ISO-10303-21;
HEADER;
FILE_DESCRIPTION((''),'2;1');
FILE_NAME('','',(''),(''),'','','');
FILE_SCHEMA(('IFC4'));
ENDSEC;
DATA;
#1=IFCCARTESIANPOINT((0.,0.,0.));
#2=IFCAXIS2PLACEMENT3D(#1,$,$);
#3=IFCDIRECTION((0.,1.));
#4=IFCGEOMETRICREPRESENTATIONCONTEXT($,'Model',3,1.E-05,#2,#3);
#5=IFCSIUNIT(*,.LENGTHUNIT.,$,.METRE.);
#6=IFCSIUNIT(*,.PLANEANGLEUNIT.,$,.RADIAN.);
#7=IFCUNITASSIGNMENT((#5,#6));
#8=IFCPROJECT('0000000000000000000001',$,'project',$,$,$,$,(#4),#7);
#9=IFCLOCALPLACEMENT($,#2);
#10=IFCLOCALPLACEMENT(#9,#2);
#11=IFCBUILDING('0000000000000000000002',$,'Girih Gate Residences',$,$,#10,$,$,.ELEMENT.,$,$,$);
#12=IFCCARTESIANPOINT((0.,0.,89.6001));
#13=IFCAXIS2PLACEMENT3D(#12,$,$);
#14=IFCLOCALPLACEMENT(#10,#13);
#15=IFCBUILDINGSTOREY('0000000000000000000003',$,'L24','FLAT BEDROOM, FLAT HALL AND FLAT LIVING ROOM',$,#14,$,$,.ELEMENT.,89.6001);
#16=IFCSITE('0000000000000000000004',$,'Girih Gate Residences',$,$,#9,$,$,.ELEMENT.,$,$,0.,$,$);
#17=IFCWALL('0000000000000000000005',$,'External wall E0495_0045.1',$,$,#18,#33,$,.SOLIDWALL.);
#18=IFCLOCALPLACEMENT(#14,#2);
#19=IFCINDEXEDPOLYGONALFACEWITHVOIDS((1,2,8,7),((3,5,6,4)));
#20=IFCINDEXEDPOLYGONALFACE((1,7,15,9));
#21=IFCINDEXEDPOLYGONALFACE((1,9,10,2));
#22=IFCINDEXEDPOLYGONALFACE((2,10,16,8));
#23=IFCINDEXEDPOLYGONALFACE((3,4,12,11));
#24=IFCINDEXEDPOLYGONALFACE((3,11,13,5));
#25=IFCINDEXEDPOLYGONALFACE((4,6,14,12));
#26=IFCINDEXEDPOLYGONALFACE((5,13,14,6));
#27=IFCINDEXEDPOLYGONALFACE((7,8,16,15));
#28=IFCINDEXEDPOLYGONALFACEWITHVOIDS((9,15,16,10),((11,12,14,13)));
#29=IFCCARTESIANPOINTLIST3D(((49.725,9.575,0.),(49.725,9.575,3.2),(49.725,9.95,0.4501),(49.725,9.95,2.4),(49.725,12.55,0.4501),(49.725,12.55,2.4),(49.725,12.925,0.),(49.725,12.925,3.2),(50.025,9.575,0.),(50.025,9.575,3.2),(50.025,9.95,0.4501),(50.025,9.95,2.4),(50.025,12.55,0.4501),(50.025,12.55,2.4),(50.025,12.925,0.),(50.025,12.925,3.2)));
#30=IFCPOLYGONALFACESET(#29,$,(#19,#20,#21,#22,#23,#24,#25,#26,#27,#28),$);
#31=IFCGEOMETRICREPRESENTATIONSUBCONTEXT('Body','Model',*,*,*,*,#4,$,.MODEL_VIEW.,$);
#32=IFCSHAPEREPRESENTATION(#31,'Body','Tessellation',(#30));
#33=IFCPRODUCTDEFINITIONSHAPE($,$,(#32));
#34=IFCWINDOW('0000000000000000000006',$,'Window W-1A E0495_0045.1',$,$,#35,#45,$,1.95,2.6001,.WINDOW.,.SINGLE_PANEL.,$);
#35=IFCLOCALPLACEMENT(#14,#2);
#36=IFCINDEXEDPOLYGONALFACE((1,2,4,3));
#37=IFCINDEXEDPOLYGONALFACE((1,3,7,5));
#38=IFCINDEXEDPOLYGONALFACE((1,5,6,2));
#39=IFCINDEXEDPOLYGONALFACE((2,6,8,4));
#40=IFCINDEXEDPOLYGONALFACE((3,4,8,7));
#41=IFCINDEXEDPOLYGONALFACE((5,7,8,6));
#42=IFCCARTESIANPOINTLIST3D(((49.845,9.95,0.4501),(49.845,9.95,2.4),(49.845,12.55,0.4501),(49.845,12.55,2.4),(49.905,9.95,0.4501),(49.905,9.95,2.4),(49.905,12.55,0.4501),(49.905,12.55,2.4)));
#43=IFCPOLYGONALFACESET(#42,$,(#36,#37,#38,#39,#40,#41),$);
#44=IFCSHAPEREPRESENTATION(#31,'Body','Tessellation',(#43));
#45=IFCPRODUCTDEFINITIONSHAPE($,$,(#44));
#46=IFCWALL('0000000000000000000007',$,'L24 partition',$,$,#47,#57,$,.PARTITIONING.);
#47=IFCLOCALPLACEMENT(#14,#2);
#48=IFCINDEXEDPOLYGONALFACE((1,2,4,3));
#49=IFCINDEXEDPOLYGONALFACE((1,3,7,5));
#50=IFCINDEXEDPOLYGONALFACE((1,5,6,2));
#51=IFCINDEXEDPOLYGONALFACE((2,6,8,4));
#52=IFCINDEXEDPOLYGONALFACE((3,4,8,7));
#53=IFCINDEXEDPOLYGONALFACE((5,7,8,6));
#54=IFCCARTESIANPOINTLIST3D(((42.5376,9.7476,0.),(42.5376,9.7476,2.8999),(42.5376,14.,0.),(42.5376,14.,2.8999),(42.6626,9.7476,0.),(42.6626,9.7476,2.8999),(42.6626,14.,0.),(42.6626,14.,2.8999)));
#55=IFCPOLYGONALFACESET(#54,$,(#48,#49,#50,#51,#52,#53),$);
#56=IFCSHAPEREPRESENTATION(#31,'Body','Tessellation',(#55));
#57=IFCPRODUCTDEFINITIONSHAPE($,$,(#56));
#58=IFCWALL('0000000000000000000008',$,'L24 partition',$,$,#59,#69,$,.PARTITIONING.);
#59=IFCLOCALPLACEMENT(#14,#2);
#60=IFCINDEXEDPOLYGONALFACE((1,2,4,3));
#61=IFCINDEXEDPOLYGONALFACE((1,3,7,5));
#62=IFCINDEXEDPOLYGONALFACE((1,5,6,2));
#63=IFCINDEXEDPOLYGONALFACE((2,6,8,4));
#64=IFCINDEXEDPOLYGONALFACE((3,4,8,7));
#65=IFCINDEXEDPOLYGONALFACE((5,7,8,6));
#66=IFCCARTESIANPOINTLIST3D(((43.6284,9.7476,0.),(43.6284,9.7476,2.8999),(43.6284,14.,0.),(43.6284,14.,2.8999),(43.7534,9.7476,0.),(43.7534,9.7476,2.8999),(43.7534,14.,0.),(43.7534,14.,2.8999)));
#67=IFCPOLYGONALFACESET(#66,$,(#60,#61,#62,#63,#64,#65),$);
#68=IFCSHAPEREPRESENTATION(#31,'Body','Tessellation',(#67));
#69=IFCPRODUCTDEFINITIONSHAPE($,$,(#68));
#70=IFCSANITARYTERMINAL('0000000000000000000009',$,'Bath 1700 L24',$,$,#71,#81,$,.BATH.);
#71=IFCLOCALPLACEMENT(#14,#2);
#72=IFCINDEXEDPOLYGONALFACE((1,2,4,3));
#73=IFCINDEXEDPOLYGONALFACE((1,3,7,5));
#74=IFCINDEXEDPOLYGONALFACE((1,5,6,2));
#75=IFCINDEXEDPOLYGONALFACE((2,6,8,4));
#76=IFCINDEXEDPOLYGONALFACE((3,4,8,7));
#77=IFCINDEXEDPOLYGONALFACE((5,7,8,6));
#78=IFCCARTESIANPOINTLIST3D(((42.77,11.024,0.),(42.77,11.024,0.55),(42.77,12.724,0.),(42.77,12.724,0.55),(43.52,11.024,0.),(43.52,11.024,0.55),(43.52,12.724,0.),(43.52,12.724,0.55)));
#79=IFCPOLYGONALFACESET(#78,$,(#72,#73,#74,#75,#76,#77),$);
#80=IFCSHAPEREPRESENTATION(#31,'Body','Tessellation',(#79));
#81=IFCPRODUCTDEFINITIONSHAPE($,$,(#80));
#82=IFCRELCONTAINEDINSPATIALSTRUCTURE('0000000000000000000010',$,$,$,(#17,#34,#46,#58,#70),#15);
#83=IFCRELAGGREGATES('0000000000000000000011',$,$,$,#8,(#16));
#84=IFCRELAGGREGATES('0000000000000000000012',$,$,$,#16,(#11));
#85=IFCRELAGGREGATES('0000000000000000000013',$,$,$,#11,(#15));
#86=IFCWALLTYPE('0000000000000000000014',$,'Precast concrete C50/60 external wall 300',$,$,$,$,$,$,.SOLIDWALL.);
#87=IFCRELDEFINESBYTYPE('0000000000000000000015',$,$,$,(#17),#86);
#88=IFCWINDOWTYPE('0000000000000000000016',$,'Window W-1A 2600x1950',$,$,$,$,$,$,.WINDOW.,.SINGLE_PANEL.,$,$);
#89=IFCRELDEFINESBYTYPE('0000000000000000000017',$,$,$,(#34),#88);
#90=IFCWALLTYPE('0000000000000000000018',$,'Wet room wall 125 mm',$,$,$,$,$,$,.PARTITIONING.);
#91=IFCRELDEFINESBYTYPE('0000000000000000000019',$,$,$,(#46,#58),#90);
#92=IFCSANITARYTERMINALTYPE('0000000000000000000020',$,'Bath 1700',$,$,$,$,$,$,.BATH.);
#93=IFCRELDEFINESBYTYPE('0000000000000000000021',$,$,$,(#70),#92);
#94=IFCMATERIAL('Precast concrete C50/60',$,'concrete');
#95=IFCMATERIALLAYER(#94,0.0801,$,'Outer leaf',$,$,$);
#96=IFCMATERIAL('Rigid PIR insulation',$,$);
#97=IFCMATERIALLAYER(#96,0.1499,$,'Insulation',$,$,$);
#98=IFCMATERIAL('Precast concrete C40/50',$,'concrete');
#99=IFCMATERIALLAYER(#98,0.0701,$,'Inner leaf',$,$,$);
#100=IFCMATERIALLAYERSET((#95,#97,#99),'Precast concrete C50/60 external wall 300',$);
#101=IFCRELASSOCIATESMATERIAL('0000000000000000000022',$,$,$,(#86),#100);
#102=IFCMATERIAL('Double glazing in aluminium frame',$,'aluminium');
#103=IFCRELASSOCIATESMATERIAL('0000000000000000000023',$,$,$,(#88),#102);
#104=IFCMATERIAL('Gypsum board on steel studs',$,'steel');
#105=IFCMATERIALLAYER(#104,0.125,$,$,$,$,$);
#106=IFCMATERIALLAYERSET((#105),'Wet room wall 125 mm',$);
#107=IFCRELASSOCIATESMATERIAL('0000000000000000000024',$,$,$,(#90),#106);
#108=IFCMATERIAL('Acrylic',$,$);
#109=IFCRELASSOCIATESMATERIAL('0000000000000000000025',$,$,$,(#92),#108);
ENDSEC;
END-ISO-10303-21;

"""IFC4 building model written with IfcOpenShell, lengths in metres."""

from ifc_helpers import new_model, si_unit, direction, frame, frame_2d, origin, origin_2d, place, context, subcontext, project, spatial, rectangle, extrude, material, layer, layer_set, type_object, element, fill, save


model = new_model("IFC4")

# Units and contexts
model_context = context("Model", 3, precision=1e-05, world=origin(), true_north=direction((0.0, 1.0)))
body_context = subcontext(model_context, "Body", "Model", "MODEL_VIEW")
ifc_project = project(units=[si_unit("LENGTHUNIT", "METRE"), si_unit("PLANEANGLEUNIT", "RADIAN")], contexts=[model_context])

# Site, building, storey
site_placement = place(None, origin())
site = spatial("IfcSite", under=ifc_project, at=site_placement, Name="Girih Gate Residences", CompositionType="ELEMENT", RefElevation=0.0)
building_placement = place(site_placement, origin())
building = spatial("IfcBuilding", under=site, at=building_placement, Name="Girih Gate Residences", CompositionType="ELEMENT")
storey_placement = place(building_placement, frame((0.0, 0.0, 89.6001)))
storey = spatial("IfcBuildingStorey", under=building, at=storey_placement, Name="L24", Description="FLAT BEDROOM, FLAT HALL AND FLAT LIVING ROOM", CompositionType="ELEMENT", Elevation=89.6001)

# Shared definitions
ifc_material_1 = material(Name="Gypsum board on steel studs", Category="steel")

# Wall, opening, window
ifc_material_2 = material(Name="Precast concrete C50/60", Category="concrete")
ifc_layer_1 = layer(ifc_material_2, 0.0801, Name="Outer leaf")
ifc_material_3 = material(Name="Rigid PIR insulation")
ifc_layer_2 = layer(ifc_material_3, 0.1499, Name="Insulation")
ifc_material_4 = material(Name="Precast concrete C40/50", Category="concrete")
ifc_layer_3 = layer(ifc_material_4, 0.0701, Name="Inner leaf")
ifc_layer_set_1 = layer_set([ifc_layer_1, ifc_layer_2, ifc_layer_3], Name="Precast concrete C50/60 external wall 300")
wall_type_1 = type_object("IfcWallType", Name="Precast concrete C50/60 external wall 300", PredefinedType="SOLIDWALL", material=ifc_layer_set_1)
wall_1_placement = place(storey_placement, frame((49.875, 12.925, 0.0), z_axis=(0.0, 0.0, 1.0), x_axis=(0.0, -1.0, 0.0)))
wall_1 = element("IfcWall", 1, at=wall_1_placement, inside=storey, type_object=wall_type_1, Name="External wall E0495_0045.1", PredefinedType="SOLIDWALL", context=body_context, shape_type="SweptSolid", body=[
    extrude(rectangle(XDim=3.3501, YDim=0.3, at=frame_2d((1.675, 0.0))), origin(), (0.0, 0.0, 1.0), 3.2),
])
opening_1_placement = place(wall_1_placement, frame((0.375, 0.0, 0.45)))
opening_1 = element("IfcOpeningElement", 2, at=opening_1_placement, cuts=wall_1, PredefinedType="OPENING", context=body_context, shape_type="SweptSolid", body=[
    extrude(rectangle(XDim=2.6001, YDim=1.95, at=frame_2d((1.3, 0.9751))), frame((0.0, 0.1599, 0.0), z_axis=(0.0, -1.0, 0.0), x_axis=(1.0, 0.0, 0.0)), (0.0, 0.0, 1.0), 0.3201),
])
ifc_material_5 = material(Name="Double glazing in aluminium frame", Category="aluminium")
window_type = type_object("IfcWindowType", Name="Window W-1A 2600x1950", PartitioningType="SINGLE_PANEL", PredefinedType="WINDOW", material=ifc_material_5)
window_placement = place(opening_1_placement, origin())
window = element("IfcWindow", 3, at=window_placement, inside=storey, type_object=window_type, Name="Window W-1A E0495_0045.1", OverallHeight=1.95, OverallWidth=2.6001, PartitioningType="SINGLE_PANEL", PredefinedType="WINDOW", context=body_context, shape_type="SweptSolid", body=[
    extrude(rectangle(XDim=2.6001, YDim=1.95, at=frame_2d((1.3, 0.9751))), frame((0.0, 0.03, 0.0), z_axis=(0.0, -1.0, 0.0), x_axis=(1.0, 0.0, 0.0)), (0.0, 0.0, 1.0), 0.0601),
])
fill(opening_1, window)

# Walls
ifc_layer_4 = layer(ifc_material_1, 0.125)
ifc_layer_set_2 = layer_set([ifc_layer_4], Name="Wet room wall 125 mm")
wall_type_2 = type_object("IfcWallType", Name="Wet room wall 125 mm", PredefinedType="PARTITIONING", material=ifc_layer_set_2)
for number, where, z_axis, x_axis, name in (
    (4, (42.6001, 9.7476, 0.0), (0.0, 0.0, 1.0), (0.0, 1.0, 0.0), "L24 partition"),
    (5, (43.6909, 9.7476, 0.0), (0.0, 0.0, 1.0), (0.0, 1.0, 0.0), "L24 partition"),
):
    element("IfcWall", number, at=place(storey_placement, frame(where, z_axis=z_axis, x_axis=x_axis)), inside=storey, type_object=wall_type_2, Name=name, PredefinedType="PARTITIONING", context=body_context, shape_type="SweptSolid", body=[
        extrude(rectangle(XDim=4.2524, YDim=0.125, at=frame_2d((2.1262, 0.0))), origin(), (0.0, 0.0, 1.0), 2.8999),
    ])

# Sanitary terminal
ifc_material_6 = material(Name="Acrylic")
sanitary_terminal_type = type_object("IfcSanitaryTerminalType", Name="Bath 1700", PredefinedType="BATH", material=ifc_material_6)
sanitary_terminal_placement = place(storey_placement, frame((43.145, 11.874, 0.0), z_axis=(0.0, 0.0, 1.0), x_axis=(1.0, 0.0, 0.0)))
element("IfcSanitaryTerminal", 6, at=sanitary_terminal_placement, inside=storey, type_object=sanitary_terminal_type, Name="Bath 1700 L24", PredefinedType="BATH", context=body_context, shape_type="SweptSolid", body=[
    extrude(rectangle(XDim=0.75, YDim=1.7, at=origin_2d()), origin(), (0.0, 0.0, 1.0), 0.55),
])

save(model, "model.ifc")
